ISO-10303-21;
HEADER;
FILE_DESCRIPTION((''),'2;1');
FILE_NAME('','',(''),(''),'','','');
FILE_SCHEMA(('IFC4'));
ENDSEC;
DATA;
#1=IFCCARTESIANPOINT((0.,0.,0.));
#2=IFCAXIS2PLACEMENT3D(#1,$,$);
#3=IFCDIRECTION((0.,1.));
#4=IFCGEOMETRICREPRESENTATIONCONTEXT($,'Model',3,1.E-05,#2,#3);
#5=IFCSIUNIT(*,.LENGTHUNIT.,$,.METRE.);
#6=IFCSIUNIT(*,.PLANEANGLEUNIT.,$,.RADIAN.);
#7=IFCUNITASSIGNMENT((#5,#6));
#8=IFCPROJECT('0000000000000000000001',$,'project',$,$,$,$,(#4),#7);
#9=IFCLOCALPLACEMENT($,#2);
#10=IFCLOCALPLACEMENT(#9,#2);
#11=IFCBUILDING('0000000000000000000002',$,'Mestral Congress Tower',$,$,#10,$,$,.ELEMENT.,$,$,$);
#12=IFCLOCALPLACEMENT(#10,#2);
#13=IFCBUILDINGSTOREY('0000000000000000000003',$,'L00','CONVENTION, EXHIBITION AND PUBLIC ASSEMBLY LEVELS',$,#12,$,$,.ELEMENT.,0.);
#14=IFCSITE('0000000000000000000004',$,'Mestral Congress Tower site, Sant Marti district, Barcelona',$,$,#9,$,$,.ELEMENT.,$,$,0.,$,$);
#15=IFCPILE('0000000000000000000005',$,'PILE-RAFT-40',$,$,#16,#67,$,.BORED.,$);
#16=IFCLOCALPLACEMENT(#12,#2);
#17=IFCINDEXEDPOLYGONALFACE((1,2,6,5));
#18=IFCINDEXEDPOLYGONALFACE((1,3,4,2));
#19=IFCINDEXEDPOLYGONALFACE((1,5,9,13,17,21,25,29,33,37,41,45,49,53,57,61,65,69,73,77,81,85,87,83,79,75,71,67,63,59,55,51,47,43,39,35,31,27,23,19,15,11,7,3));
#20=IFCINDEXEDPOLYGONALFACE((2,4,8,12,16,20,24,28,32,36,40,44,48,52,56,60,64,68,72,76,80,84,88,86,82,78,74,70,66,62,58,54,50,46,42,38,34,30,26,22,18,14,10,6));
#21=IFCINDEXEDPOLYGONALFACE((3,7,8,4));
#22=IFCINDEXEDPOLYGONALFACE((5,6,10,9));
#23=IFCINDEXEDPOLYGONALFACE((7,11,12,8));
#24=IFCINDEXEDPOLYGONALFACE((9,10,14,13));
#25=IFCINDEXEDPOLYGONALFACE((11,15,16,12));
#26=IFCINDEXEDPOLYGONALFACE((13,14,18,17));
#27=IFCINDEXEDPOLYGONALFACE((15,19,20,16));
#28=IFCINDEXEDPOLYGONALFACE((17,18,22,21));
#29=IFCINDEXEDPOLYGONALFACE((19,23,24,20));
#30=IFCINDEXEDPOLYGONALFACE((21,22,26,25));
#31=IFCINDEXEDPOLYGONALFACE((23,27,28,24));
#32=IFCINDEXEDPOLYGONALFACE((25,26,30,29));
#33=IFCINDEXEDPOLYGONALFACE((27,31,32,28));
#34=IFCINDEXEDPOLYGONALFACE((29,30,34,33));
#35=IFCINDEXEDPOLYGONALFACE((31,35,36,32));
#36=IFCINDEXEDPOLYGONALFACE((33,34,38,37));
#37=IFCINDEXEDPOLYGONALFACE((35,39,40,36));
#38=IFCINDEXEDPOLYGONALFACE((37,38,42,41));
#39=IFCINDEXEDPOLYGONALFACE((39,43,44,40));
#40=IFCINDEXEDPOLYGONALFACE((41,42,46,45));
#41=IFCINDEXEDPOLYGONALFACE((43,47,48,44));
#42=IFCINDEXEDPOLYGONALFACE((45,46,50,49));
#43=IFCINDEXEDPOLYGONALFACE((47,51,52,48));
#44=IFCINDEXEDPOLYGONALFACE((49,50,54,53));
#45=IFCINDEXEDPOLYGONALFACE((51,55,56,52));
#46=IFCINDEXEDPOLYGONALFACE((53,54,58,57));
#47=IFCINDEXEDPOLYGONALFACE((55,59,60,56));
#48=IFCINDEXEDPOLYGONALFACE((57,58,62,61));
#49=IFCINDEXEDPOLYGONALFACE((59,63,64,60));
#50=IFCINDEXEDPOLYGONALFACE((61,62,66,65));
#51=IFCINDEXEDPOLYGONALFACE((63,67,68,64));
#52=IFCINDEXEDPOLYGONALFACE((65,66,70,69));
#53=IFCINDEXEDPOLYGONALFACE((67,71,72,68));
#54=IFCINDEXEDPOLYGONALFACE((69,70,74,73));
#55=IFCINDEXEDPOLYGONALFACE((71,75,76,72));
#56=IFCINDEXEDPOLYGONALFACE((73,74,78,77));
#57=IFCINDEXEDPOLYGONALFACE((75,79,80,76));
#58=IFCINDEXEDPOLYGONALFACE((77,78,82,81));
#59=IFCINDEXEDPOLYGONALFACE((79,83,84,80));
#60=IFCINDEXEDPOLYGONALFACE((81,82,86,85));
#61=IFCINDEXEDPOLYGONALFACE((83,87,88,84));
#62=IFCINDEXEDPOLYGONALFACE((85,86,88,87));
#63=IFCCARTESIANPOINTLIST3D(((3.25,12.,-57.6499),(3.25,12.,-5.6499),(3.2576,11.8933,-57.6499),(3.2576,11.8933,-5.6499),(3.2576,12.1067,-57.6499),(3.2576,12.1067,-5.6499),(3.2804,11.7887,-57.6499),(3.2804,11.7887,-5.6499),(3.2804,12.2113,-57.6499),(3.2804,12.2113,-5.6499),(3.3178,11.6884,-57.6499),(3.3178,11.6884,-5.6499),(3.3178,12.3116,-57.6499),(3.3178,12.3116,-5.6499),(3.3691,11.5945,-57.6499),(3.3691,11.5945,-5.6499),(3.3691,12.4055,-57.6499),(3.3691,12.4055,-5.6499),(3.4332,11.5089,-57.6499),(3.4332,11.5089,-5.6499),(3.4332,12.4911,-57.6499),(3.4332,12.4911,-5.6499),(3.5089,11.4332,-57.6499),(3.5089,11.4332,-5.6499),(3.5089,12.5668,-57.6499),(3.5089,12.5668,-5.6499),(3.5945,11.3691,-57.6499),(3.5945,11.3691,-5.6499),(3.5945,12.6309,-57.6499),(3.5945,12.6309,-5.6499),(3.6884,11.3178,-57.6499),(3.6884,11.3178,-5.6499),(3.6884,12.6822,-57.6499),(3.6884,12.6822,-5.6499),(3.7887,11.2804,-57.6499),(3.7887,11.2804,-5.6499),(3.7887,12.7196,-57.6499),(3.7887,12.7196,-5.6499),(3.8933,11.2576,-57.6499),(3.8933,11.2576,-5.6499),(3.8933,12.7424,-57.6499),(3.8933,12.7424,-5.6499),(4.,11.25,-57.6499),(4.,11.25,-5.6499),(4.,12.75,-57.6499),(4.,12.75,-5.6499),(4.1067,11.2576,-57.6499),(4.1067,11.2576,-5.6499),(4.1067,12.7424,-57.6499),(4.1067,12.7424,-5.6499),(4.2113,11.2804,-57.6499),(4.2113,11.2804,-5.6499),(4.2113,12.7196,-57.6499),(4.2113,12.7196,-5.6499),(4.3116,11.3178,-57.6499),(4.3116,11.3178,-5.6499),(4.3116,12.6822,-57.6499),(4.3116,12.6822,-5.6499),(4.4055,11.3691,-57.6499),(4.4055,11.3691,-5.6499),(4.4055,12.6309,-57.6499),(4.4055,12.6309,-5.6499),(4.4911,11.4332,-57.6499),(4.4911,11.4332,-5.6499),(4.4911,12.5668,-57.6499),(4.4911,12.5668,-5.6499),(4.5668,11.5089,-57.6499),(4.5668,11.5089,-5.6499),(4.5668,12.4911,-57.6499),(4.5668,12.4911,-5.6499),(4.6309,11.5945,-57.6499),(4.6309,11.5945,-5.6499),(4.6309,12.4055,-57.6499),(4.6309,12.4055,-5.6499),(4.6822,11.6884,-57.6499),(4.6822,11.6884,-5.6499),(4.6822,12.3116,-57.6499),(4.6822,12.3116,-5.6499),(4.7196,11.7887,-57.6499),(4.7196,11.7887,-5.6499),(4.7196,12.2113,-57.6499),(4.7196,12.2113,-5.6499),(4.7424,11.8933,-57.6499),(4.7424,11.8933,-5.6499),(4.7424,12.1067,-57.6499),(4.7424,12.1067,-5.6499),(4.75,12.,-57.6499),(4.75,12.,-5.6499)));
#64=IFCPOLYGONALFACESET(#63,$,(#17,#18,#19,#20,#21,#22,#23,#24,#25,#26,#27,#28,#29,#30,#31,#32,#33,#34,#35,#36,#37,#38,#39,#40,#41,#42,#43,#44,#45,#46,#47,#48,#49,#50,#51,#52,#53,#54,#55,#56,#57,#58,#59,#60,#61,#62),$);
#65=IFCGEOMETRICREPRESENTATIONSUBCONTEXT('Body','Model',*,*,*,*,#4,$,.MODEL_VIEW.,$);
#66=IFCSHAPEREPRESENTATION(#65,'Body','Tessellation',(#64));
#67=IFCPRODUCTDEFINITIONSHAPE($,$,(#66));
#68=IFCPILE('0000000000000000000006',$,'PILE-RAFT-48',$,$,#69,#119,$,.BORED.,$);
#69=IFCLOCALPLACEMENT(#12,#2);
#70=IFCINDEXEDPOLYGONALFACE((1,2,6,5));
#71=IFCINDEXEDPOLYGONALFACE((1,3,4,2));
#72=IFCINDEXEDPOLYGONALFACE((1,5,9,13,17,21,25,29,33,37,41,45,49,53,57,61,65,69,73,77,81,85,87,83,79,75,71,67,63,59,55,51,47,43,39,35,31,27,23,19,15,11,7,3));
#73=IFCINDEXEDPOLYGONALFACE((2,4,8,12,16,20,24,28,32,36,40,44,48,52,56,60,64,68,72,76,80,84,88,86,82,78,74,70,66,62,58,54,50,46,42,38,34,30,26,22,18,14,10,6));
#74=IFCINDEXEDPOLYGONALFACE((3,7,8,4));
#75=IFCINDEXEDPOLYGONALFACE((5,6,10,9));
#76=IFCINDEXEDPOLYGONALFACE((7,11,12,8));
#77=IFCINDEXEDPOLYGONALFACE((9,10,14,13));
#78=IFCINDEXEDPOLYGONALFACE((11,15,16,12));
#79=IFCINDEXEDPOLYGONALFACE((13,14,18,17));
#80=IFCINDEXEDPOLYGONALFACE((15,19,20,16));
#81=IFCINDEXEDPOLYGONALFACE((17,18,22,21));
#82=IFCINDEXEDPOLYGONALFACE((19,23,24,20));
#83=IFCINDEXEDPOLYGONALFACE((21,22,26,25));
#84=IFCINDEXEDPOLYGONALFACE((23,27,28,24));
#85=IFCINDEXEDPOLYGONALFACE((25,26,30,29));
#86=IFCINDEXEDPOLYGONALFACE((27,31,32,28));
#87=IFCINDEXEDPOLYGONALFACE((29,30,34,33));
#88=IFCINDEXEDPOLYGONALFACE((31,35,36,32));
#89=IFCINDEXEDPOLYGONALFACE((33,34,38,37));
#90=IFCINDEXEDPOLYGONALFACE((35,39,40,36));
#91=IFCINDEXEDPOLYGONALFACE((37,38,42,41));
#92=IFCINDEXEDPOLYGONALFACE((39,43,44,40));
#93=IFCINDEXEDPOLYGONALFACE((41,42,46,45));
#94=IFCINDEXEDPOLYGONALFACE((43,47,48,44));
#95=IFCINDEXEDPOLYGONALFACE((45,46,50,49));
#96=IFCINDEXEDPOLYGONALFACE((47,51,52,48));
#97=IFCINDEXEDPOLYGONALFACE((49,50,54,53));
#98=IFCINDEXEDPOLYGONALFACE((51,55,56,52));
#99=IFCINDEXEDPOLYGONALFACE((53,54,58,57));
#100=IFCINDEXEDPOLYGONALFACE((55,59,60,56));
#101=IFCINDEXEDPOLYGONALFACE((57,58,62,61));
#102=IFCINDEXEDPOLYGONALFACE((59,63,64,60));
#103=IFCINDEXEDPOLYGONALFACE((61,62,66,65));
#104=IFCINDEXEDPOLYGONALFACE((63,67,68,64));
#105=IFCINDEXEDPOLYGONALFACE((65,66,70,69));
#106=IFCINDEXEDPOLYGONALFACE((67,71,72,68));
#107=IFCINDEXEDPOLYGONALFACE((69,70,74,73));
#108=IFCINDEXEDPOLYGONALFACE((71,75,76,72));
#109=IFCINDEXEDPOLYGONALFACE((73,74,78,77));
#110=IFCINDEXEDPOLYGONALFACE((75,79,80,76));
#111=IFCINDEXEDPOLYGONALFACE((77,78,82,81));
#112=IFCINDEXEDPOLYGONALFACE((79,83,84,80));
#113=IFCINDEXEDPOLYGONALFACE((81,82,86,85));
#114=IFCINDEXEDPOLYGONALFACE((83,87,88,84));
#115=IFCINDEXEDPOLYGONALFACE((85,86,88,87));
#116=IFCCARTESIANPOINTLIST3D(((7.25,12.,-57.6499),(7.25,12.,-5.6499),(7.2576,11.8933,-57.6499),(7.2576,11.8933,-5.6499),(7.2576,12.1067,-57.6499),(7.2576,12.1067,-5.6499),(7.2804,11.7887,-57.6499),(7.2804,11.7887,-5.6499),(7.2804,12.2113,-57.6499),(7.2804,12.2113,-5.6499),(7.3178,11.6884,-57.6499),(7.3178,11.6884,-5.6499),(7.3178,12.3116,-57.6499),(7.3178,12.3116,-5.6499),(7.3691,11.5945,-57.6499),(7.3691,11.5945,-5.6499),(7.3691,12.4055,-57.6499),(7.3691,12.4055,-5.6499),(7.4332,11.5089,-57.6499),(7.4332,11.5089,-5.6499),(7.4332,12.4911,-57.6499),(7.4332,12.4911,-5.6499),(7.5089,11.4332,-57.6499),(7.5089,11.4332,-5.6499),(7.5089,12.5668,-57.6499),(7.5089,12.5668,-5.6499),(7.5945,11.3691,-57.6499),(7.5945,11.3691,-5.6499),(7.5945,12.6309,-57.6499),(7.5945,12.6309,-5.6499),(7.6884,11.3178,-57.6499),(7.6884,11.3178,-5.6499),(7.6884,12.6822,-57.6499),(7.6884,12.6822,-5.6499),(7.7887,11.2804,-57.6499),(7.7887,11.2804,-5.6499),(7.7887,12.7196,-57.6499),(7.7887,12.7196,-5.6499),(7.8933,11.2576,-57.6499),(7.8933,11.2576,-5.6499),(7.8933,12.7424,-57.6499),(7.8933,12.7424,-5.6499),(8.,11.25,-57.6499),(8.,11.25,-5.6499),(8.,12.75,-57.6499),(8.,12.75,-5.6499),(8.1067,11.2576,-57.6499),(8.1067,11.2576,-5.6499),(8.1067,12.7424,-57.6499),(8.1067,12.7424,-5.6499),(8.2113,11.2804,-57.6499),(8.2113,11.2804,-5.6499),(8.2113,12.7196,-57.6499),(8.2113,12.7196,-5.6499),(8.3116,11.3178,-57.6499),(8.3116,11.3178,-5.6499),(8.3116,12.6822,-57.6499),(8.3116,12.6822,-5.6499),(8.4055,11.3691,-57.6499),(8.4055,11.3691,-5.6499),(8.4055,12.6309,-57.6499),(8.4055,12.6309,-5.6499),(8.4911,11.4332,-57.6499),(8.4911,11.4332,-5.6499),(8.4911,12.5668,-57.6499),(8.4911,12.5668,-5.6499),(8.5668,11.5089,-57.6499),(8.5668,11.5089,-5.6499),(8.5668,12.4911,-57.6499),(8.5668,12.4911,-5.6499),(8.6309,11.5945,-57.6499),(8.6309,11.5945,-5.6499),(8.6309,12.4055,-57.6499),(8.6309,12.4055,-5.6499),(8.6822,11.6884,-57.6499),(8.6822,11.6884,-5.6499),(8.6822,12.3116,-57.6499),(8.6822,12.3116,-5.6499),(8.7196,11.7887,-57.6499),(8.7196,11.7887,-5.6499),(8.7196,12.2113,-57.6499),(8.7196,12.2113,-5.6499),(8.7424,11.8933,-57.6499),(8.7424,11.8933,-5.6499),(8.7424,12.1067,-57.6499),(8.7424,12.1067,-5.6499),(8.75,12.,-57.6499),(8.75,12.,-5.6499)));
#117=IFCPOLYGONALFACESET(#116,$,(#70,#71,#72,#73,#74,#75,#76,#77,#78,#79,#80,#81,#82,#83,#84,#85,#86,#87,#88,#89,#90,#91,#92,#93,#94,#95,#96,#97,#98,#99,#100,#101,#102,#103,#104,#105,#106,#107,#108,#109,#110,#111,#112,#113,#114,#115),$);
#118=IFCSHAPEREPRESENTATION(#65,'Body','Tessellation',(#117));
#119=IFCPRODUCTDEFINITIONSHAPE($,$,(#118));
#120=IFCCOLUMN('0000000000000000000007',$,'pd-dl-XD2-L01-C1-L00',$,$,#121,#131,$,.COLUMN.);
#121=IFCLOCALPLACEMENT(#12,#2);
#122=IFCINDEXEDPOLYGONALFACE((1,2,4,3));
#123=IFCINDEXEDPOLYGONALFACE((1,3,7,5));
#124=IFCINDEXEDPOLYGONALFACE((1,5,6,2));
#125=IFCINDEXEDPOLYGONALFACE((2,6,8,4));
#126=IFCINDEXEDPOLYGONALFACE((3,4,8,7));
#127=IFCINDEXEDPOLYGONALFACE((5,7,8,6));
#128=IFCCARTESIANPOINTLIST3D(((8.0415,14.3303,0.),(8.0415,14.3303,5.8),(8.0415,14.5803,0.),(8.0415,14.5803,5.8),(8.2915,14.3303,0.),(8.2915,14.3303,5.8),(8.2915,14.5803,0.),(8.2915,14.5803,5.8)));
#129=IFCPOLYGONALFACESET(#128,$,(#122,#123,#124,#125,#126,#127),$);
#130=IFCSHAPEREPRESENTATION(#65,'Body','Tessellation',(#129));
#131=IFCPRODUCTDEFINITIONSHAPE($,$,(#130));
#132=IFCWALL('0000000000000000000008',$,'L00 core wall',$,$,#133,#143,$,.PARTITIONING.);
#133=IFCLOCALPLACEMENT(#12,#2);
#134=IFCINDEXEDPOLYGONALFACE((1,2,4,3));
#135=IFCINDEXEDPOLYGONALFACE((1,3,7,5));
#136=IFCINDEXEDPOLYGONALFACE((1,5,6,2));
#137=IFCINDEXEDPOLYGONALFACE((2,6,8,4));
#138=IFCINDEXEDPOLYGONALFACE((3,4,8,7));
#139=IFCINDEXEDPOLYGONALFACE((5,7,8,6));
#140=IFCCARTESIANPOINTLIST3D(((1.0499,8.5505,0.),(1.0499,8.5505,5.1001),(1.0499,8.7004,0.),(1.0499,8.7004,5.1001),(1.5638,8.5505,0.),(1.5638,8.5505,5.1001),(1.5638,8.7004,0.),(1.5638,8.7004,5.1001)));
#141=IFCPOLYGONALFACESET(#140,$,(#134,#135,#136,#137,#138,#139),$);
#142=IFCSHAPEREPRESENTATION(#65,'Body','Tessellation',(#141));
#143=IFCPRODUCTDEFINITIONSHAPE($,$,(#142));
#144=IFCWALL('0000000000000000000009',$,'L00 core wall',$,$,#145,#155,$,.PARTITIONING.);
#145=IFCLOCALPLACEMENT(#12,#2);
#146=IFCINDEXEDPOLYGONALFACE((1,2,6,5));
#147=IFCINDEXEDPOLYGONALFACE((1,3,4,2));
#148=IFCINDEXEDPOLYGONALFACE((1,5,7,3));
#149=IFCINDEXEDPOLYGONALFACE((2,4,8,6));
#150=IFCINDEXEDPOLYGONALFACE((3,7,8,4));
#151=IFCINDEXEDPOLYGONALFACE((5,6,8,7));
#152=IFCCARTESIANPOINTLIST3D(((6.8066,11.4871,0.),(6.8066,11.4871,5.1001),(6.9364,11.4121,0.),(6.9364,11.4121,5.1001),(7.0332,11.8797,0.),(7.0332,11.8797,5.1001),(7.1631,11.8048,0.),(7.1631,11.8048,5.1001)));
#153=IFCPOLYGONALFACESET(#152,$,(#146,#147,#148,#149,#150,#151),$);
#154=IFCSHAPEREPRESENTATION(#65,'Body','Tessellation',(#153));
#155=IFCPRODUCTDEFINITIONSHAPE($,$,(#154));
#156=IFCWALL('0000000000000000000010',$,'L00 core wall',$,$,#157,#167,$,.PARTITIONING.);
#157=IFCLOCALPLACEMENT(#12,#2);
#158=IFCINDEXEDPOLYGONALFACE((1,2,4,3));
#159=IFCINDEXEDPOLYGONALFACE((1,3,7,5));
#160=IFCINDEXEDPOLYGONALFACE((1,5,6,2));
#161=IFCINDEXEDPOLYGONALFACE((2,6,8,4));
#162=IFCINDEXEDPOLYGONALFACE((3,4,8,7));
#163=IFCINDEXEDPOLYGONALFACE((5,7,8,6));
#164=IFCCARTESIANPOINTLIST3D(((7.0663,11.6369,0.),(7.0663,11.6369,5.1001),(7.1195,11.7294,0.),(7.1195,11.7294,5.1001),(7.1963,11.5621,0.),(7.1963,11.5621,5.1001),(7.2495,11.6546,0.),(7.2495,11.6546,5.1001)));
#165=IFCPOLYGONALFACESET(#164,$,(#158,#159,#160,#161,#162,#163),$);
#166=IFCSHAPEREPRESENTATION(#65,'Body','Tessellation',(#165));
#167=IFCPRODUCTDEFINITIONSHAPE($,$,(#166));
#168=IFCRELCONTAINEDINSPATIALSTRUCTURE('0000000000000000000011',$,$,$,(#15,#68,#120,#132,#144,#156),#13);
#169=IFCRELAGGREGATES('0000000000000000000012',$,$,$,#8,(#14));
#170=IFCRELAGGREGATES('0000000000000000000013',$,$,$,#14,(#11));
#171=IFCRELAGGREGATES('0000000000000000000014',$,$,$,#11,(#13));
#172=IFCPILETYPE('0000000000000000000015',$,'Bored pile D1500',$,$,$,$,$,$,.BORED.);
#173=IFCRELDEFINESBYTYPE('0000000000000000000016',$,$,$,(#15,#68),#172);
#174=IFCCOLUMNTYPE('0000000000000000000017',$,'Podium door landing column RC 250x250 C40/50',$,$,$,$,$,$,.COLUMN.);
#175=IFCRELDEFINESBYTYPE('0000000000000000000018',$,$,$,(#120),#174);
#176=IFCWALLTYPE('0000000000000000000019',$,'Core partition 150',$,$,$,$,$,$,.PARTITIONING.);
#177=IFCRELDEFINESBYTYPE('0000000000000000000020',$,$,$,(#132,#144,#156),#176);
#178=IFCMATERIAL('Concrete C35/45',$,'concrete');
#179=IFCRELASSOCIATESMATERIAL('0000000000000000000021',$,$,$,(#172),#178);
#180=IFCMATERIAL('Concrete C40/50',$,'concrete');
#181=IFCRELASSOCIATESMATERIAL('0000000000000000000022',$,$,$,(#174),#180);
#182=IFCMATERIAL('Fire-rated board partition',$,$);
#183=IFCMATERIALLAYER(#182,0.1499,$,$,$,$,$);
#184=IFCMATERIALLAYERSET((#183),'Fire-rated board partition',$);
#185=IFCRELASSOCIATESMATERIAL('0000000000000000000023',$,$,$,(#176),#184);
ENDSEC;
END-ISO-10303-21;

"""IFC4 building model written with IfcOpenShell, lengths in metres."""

from ifc_helpers import new_model, si_unit, direction, frame, frame_2d, origin, origin_2d, place, context, subcontext, project, spatial, rectangle, circle, extrude, material, layer, layer_set, material_profile, profile_set, type_object, element, save


model = new_model("IFC4")

# Units and contexts
model_context = context("Model", 3, precision=1e-05, world=origin(), true_north=direction((0.0, 1.0)))
body_context = subcontext(model_context, "Body", "Model", "MODEL_VIEW")
ifc_project = project(units=[si_unit("LENGTHUNIT", "METRE"), si_unit("PLANEANGLEUNIT", "RADIAN")], contexts=[model_context])

# Site, building, storey
site_placement = place(None, origin())
site = spatial("IfcSite", under=ifc_project, at=site_placement, Name="Mestral Congress Tower site, Sant Marti district, Barcelona", CompositionType="ELEMENT", RefElevation=0.0)
building_placement = place(site_placement, origin())
building = spatial("IfcBuilding", under=site, at=building_placement, Name="Mestral Congress Tower", CompositionType="ELEMENT")
storey_placement = place(building_placement, origin())
storey = spatial("IfcBuildingStorey", under=building, at=storey_placement, Name="L00", Description="CONVENTION, EXHIBITION AND PUBLIC ASSEMBLY LEVELS", CompositionType="ELEMENT", Elevation=0.0)

# Piles
ifc_material_1 = material(Name="Concrete C35/45", Category="concrete")
ifc_material_profile_1 = material_profile(ifc_material_1, circle(Radius=0.75, at=origin_2d()), Name="D1500")
ifc_profile_set_1 = profile_set([ifc_material_profile_1], Name="Concrete C35/45")
pile_type = type_object("IfcPileType", Name="Bored pile D1500", PredefinedType="BORED", material=ifc_profile_set_1)
for number, where, z_axis, x_axis, name in (
    (1, (4.0, 12.0, -5.6499), (0.0, 0.0, -1.0), (1.0, 0.0, 0.0), "PILE-RAFT-40"),
    (2, (8.0, 12.0, -5.6499), (0.0, 0.0, -1.0), (1.0, 0.0, 0.0), "PILE-RAFT-48"),
):
    element("IfcPile", number, at=place(storey_placement, frame(where, z_axis=z_axis, x_axis=x_axis)), inside=storey, type_object=pile_type, Name=name, PredefinedType="BORED", context=body_context, shape_type="SweptSolid", body=[
        extrude(circle(Radius=0.75, at=origin_2d()), origin(), (0.0, 0.0, 1.0), 52.0),
    ])

# Column
ifc_material_2 = material(Name="Concrete C40/50", Category="concrete")
ifc_material_profile_2 = material_profile(ifc_material_2, rectangle(XDim=0.25, YDim=0.25, at=origin_2d()), Name="RC 250x250")
ifc_profile_set_2 = profile_set([ifc_material_profile_2], Name="Concrete C40/50")
column_type = type_object("IfcColumnType", Name="Podium door landing column RC 250x250 C40/50", PredefinedType="COLUMN", material=ifc_profile_set_2)
column_placement = place(storey_placement, frame((8.1665, 14.4553, 0.0), z_axis=(0.0, 0.0, 1.0), x_axis=(1.0, 0.0, 0.0)))
element("IfcColumn", 3, at=column_placement, inside=storey, type_object=column_type, Name="pd-dl-XD2-L01-C1-L00", PredefinedType="COLUMN", context=body_context, shape_type="SweptSolid", body=[
    extrude(rectangle(XDim=0.25, YDim=0.25, at=origin_2d()), origin(), (0.0, 0.0, 1.0), 5.8),
])

# Walls
ifc_material_3 = material(Name="Fire-rated board partition")
ifc_layer_1 = layer(ifc_material_3, 0.1499)
ifc_layer_set_1 = layer_set([ifc_layer_1], Name="Fire-rated board partition")
wall_type_1 = type_object("IfcWallType", Name="Core partition 150", PredefinedType="PARTITIONING", material=ifc_layer_set_1)
wall_1_placement = place(storey_placement, frame((1.05, 8.6255, 0.0), z_axis=(0.0, 0.0, 1.0), x_axis=(1.0, 0.0, 0.0)))
element("IfcWall", 4, at=wall_1_placement, inside=storey, type_object=wall_type_1, Name="L00 core wall", PredefinedType="PARTITIONING", context=body_context, shape_type="SweptSolid", body=[
    extrude(rectangle(XDim=0.5139, YDim=0.1499, at=frame_2d((0.2568, 0.0))), origin(), (0.0, 0.0, 1.0), 5.1001),
])
wall_2_placement = place(storey_placement, frame((6.8716, 11.4497, 0.0), z_axis=(0.0, 0.0, 1.0), x_axis=(0.499847, 0.866114, 0.0)))
element("IfcWall", 5, at=wall_2_placement, inside=storey, type_object=wall_type_1, Name="L00 core wall", PredefinedType="PARTITIONING", context=body_context, shape_type="SweptSolid", body=[
    extrude(rectangle(XDim=0.4534, YDim=0.1499, at=frame_2d((0.2266, 0.0))), origin(), (0.0, 0.0, 1.0), 5.1001),
])
wall_3_placement = place(storey_placement, frame((7.1313, 11.5996, 0.0), z_axis=(0.0, 0.0, 1.0), x_axis=(0.4986, 0.866832, 0.0)))
element("IfcWall", 6, at=wall_3_placement, inside=storey, type_object=wall_type_1, Name="L00 core wall", PredefinedType="PARTITIONING", context=body_context, shape_type="SweptSolid", body=[
    extrude(rectangle(XDim=0.1067, YDim=0.1499, at=frame_2d((0.0532, 0.0))), origin(), (0.0, 0.0, 1.0), 5.1001),
])

save(model, "model.ifc")
